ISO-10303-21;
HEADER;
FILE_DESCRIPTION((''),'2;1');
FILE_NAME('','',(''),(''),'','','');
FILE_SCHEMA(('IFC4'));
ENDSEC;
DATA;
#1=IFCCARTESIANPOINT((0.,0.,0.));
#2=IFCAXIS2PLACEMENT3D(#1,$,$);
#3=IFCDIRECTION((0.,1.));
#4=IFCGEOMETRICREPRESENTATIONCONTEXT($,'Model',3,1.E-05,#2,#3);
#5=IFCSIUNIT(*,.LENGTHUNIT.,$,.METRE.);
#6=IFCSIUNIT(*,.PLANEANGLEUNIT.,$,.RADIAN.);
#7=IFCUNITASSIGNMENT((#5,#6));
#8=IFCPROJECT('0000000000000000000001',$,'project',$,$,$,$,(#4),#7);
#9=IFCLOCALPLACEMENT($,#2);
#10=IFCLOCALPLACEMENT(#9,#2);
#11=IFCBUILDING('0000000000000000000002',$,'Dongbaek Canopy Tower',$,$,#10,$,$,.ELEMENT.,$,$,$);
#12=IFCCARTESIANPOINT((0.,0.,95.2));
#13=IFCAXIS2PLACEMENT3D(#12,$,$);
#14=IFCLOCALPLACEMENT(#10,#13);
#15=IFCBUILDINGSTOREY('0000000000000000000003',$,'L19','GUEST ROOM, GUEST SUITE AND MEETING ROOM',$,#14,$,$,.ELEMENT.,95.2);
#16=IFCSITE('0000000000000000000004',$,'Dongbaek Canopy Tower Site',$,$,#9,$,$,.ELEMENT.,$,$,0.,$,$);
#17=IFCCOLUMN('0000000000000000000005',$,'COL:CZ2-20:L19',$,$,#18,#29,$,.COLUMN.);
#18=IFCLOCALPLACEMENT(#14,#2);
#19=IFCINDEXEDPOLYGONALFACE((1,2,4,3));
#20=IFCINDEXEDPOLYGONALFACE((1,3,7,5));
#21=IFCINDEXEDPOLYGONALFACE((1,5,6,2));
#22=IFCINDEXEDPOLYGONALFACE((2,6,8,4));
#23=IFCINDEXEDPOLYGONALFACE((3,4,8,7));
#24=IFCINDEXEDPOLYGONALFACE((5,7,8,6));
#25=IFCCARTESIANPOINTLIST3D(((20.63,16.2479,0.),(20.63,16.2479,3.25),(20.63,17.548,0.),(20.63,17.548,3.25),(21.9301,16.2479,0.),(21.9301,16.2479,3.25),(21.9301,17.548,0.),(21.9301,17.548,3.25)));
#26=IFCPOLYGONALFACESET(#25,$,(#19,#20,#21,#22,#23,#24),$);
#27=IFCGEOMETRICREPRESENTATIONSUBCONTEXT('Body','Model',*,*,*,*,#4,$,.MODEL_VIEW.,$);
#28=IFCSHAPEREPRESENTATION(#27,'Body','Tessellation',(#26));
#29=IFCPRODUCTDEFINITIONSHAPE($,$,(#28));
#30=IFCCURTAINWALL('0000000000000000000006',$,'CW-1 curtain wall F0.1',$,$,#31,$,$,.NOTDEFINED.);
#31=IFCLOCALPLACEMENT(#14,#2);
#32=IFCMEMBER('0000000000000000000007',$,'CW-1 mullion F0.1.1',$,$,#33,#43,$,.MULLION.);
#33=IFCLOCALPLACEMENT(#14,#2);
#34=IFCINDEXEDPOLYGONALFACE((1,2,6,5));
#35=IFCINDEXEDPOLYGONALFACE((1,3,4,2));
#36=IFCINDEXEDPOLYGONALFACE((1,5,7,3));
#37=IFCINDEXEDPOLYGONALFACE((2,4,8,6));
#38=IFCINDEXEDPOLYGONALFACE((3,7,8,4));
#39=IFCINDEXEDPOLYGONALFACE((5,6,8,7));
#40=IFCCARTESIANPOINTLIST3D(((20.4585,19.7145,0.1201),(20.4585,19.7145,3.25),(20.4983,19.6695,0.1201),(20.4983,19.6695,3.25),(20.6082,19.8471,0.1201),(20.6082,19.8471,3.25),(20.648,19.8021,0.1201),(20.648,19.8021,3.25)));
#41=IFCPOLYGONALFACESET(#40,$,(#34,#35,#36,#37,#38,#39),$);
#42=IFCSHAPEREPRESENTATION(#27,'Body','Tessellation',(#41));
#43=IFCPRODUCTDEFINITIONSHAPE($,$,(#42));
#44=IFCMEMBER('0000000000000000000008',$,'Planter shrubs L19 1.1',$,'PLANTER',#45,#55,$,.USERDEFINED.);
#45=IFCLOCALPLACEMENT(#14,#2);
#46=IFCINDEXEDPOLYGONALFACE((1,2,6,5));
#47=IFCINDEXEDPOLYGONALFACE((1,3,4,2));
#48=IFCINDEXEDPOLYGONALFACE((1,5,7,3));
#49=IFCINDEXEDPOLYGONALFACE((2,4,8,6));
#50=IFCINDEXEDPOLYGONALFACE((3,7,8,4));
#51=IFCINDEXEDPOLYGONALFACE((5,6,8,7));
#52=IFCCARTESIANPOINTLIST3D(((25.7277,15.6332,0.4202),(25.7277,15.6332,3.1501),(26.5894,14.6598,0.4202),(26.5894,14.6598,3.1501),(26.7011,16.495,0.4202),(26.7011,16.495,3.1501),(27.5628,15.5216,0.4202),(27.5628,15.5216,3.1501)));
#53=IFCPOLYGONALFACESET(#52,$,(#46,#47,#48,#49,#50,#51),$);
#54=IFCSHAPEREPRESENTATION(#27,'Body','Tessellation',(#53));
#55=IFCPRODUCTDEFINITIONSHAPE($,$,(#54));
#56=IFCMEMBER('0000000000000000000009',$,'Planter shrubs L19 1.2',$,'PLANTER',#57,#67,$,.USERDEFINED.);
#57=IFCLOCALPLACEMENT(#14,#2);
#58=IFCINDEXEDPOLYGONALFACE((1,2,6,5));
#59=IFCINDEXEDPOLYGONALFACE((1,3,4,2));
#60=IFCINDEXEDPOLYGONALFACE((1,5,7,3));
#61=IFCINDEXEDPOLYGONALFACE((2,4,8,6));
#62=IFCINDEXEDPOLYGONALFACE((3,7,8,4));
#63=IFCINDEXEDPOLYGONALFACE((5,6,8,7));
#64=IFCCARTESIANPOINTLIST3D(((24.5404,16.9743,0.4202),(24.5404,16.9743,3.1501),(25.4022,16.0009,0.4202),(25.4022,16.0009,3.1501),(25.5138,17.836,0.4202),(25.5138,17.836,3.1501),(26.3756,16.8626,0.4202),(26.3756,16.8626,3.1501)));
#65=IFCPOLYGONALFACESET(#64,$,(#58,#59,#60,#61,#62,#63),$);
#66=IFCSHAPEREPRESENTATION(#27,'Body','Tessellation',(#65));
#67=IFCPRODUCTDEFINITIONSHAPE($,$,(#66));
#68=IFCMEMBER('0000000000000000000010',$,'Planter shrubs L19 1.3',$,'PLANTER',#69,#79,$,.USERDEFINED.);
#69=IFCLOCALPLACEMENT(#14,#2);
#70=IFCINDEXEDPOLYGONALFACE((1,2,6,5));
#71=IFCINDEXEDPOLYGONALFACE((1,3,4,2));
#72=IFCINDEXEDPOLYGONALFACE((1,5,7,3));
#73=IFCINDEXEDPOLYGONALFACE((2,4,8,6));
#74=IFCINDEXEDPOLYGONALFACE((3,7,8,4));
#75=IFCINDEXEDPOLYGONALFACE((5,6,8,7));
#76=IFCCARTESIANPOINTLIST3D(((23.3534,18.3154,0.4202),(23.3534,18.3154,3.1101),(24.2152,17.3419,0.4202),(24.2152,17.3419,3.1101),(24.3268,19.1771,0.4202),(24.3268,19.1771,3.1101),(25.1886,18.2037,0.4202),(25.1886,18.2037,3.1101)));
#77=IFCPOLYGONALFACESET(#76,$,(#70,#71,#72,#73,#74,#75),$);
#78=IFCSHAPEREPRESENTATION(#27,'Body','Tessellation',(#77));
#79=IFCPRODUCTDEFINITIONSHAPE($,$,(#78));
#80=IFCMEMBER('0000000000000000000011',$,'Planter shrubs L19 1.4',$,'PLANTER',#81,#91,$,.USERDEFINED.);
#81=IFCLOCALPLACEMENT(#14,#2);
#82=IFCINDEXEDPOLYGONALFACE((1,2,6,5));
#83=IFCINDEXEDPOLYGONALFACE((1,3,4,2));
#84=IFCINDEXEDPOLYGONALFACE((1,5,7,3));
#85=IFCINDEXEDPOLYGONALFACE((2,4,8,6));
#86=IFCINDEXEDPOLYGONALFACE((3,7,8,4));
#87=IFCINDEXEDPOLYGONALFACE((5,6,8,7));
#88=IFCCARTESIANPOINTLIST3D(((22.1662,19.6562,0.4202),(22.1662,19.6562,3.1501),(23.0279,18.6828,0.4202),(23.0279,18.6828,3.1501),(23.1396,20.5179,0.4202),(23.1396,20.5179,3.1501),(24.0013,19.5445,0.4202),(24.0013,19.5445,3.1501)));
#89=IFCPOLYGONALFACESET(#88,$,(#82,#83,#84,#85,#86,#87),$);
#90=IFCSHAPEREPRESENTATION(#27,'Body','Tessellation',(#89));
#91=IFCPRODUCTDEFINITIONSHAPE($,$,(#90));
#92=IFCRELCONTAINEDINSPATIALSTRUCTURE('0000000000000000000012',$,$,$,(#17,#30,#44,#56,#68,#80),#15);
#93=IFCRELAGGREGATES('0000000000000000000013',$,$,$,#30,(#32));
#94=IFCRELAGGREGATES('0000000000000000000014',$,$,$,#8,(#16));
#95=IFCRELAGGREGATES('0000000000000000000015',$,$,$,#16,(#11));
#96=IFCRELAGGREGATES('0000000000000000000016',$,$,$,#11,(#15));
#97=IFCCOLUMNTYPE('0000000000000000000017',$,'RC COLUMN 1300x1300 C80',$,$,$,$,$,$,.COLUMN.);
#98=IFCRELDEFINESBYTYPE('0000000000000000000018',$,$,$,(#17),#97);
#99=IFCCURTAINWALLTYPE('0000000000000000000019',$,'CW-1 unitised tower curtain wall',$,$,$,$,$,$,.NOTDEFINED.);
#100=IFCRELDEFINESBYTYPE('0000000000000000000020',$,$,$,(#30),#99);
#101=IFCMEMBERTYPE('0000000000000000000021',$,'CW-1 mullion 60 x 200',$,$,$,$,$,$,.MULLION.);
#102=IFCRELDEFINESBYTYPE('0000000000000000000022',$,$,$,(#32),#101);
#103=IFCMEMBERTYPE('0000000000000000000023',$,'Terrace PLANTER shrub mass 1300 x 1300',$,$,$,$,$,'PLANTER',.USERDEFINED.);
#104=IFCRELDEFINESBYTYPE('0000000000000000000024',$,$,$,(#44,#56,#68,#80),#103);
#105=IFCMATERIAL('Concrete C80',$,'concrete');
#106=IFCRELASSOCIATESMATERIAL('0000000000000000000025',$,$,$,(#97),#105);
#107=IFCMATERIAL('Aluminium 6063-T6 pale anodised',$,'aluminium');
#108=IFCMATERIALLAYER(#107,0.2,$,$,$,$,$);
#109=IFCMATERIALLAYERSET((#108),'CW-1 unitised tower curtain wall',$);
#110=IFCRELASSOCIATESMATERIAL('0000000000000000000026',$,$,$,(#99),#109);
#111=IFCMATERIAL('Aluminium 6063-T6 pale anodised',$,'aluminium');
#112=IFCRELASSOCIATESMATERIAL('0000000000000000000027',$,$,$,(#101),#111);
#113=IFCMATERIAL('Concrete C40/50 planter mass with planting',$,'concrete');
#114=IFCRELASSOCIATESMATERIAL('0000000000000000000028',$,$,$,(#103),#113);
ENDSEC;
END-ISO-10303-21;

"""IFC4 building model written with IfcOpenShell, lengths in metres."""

from ifc_helpers import new_model, si_unit, direction, frame, origin, origin_2d, place, context, subcontext, project, spatial, rectangle, extrude, material, layer, layer_set, material_profile, profile_set, type_object, element, aggregate, save


model = new_model("IFC4")

# Units and contexts
model_context = context("Model", 3, precision=1e-05, world=origin(), true_north=direction((0.0, 1.0)))
body_context = subcontext(model_context, "Body", "Model", "MODEL_VIEW")
ifc_project = project(units=[si_unit("LENGTHUNIT", "METRE"), si_unit("PLANEANGLEUNIT", "RADIAN")], contexts=[model_context])

# Site, building, storey
site_placement = place(None, origin())
site = spatial("IfcSite", under=ifc_project, at=site_placement, Name="Dongbaek Canopy Tower Site", CompositionType="ELEMENT", RefElevation=0.0)
building_placement = place(site_placement, origin())
building = spatial("IfcBuilding", under=site, at=building_placement, Name="Dongbaek Canopy Tower", CompositionType="ELEMENT")
storey_placement = place(building_placement, frame((0.0, 0.0, 95.2)))
storey = spatial("IfcBuildingStorey", under=building, at=storey_placement, Name="L19", Description="GUEST ROOM, GUEST SUITE AND MEETING ROOM", CompositionType="ELEMENT", Elevation=95.2)

# Column
ifc_material_1 = material(Name="Concrete C80", Category="concrete")
ifc_material_profile_1 = material_profile(ifc_material_1, rectangle(XDim=1.3, YDim=1.3, at=origin_2d()), Name="RC COLUMN 1300x1300 C80")
ifc_profile_set_1 = profile_set([ifc_material_profile_1], Name="Concrete C80")
column_type = type_object("IfcColumnType", Name="RC COLUMN 1300x1300 C80", PredefinedType="COLUMN", material=ifc_profile_set_1)
column_placement = place(storey_placement, frame((21.28, 16.8979, 0.0), z_axis=(0.0, 0.0, 1.0), x_axis=(1.0, 0.0, 0.0)))
element("IfcColumn", 1, at=column_placement, inside=storey, type_object=column_type, Name="COL:CZ2-20:L19", PredefinedType="COLUMN", context=body_context, shape_type="SweptSolid", body=[
    extrude(rectangle(XDim=1.3, YDim=1.3, at=origin_2d()), origin(), (0.0, 0.0, 1.0), 3.25),
])

# Curtain wall, member
ifc_material_2 = material(Name="Aluminium 6063-T6 pale anodised", Category="aluminium")
ifc_layer_1 = layer(ifc_material_2, 0.2)
ifc_layer_set_1 = layer_set([ifc_layer_1], Name="CW-1 unitised tower curtain wall")
curtain_wall_type = type_object("IfcCurtainWallType", Name="CW-1 unitised tower curtain wall", PredefinedType="NOTDEFINED", material=ifc_layer_set_1)
curtain_wall_1_placement = place(storey_placement, origin())
curtain_wall_1 = element("IfcCurtainWall", 2, at=curtain_wall_1_placement, inside=storey, type_object=curtain_wall_type, Name="CW-1 curtain wall F0.1", PredefinedType="NOTDEFINED")
ifc_material_3 = material(Name="Aluminium 6063-T6 pale anodised", Category="aluminium")
ifc_material_profile_2 = material_profile(ifc_material_3, rectangle(XDim=0.2, YDim=0.0601, at=origin_2d()), Name="CW-1 mullion 60 x 200")
ifc_profile_set_2 = profile_set([ifc_material_profile_2], Name="Aluminium 6063-T6 pale anodised")
member_type_1 = type_object("IfcMemberType", Name="CW-1 mullion 60 x 200", PredefinedType="MULLION", material=ifc_profile_set_2)
member_1_placement = place(storey_placement, frame((20.5532, 19.7583, 0.1201), z_axis=(0.0, 0.0, 1.0), x_axis=(0.748749, 0.662854, 0.0)))
member_1 = element("IfcMember", 3, at=member_1_placement, type_object=member_type_1, Name="CW-1 mullion F0.1.1", PredefinedType="MULLION", context=body_context, shape_type="SweptSolid", body=[
    extrude(rectangle(XDim=0.2, YDim=0.0601, at=origin_2d()), origin(), (0.0, 0.0, 1.0), 3.1299),
])
aggregate(curtain_wall_1, [member_1])

# Members
ifc_material_4 = material(Name="Concrete C40/50 planter mass with planting", Category="concrete")
ifc_material_profile_3 = material_profile(ifc_material_4, rectangle(XDim=1.3, YDim=1.3, at=origin_2d()), Name="Terrace PLANTER shrub mass 1300 x 1300")
ifc_profile_set_3 = profile_set([ifc_material_profile_3], Name="Concrete C40/50 planter mass with planting")
member_type_2 = type_object("IfcMemberType", Name="Terrace PLANTER shrub mass 1300 x 1300", ElementType="PLANTER", PredefinedType="USERDEFINED", material=ifc_profile_set_3)
for number, where, z_axis, x_axis, name in (
    (4, (26.6453, 15.5774, 0.4202), (0.0, 0.0, 1.0), (0.748749, 0.662854, 0.0), "Planter shrubs L19 1.1"),
    (5, (25.458, 16.9185, 0.4202), (0.0, 0.0, 1.0), (0.748749, 0.662854, 0.0), "Planter shrubs L19 1.2"),
):
    element("IfcMember", number, at=place(storey_placement, frame(where, z_axis=z_axis, x_axis=x_axis)), inside=storey, type_object=member_type_2, Name=name, ObjectType="PLANTER", PredefinedType="USERDEFINED", context=body_context, shape_type="SweptSolid", body=[
        extrude(rectangle(XDim=1.3, YDim=1.3, at=origin_2d()), origin(), (0.0, 0.0, 1.0), 2.73),
    ])
member_2_placement = place(storey_placement, frame((24.271, 18.2595, 0.4202), z_axis=(0.0, 0.0, 1.0), x_axis=(0.748749, 0.662854, 0.0)))
element("IfcMember", 6, at=member_2_placement, inside=storey, type_object=member_type_2, Name="Planter shrubs L19 1.3", ObjectType="PLANTER", PredefinedType="USERDEFINED", context=body_context, shape_type="SweptSolid", body=[
    extrude(rectangle(XDim=1.3, YDim=1.3, at=origin_2d()), origin(), (0.0, 0.0, 1.0), 2.6899),
])
member_3_placement = place(storey_placement, frame((23.0837, 19.6003, 0.4202), z_axis=(0.0, 0.0, 1.0), x_axis=(0.748749, 0.662854, 0.0)))
element("IfcMember", 7, at=member_3_placement, inside=storey, type_object=member_type_2, Name="Planter shrubs L19 1.4", ObjectType="PLANTER", PredefinedType="USERDEFINED", context=body_context, shape_type="SweptSolid", body=[
    extrude(rectangle(XDim=1.3, YDim=1.3, at=origin_2d()), origin(), (0.0, 0.0, 1.0), 2.73),
])

save(model, "model.ifc")
